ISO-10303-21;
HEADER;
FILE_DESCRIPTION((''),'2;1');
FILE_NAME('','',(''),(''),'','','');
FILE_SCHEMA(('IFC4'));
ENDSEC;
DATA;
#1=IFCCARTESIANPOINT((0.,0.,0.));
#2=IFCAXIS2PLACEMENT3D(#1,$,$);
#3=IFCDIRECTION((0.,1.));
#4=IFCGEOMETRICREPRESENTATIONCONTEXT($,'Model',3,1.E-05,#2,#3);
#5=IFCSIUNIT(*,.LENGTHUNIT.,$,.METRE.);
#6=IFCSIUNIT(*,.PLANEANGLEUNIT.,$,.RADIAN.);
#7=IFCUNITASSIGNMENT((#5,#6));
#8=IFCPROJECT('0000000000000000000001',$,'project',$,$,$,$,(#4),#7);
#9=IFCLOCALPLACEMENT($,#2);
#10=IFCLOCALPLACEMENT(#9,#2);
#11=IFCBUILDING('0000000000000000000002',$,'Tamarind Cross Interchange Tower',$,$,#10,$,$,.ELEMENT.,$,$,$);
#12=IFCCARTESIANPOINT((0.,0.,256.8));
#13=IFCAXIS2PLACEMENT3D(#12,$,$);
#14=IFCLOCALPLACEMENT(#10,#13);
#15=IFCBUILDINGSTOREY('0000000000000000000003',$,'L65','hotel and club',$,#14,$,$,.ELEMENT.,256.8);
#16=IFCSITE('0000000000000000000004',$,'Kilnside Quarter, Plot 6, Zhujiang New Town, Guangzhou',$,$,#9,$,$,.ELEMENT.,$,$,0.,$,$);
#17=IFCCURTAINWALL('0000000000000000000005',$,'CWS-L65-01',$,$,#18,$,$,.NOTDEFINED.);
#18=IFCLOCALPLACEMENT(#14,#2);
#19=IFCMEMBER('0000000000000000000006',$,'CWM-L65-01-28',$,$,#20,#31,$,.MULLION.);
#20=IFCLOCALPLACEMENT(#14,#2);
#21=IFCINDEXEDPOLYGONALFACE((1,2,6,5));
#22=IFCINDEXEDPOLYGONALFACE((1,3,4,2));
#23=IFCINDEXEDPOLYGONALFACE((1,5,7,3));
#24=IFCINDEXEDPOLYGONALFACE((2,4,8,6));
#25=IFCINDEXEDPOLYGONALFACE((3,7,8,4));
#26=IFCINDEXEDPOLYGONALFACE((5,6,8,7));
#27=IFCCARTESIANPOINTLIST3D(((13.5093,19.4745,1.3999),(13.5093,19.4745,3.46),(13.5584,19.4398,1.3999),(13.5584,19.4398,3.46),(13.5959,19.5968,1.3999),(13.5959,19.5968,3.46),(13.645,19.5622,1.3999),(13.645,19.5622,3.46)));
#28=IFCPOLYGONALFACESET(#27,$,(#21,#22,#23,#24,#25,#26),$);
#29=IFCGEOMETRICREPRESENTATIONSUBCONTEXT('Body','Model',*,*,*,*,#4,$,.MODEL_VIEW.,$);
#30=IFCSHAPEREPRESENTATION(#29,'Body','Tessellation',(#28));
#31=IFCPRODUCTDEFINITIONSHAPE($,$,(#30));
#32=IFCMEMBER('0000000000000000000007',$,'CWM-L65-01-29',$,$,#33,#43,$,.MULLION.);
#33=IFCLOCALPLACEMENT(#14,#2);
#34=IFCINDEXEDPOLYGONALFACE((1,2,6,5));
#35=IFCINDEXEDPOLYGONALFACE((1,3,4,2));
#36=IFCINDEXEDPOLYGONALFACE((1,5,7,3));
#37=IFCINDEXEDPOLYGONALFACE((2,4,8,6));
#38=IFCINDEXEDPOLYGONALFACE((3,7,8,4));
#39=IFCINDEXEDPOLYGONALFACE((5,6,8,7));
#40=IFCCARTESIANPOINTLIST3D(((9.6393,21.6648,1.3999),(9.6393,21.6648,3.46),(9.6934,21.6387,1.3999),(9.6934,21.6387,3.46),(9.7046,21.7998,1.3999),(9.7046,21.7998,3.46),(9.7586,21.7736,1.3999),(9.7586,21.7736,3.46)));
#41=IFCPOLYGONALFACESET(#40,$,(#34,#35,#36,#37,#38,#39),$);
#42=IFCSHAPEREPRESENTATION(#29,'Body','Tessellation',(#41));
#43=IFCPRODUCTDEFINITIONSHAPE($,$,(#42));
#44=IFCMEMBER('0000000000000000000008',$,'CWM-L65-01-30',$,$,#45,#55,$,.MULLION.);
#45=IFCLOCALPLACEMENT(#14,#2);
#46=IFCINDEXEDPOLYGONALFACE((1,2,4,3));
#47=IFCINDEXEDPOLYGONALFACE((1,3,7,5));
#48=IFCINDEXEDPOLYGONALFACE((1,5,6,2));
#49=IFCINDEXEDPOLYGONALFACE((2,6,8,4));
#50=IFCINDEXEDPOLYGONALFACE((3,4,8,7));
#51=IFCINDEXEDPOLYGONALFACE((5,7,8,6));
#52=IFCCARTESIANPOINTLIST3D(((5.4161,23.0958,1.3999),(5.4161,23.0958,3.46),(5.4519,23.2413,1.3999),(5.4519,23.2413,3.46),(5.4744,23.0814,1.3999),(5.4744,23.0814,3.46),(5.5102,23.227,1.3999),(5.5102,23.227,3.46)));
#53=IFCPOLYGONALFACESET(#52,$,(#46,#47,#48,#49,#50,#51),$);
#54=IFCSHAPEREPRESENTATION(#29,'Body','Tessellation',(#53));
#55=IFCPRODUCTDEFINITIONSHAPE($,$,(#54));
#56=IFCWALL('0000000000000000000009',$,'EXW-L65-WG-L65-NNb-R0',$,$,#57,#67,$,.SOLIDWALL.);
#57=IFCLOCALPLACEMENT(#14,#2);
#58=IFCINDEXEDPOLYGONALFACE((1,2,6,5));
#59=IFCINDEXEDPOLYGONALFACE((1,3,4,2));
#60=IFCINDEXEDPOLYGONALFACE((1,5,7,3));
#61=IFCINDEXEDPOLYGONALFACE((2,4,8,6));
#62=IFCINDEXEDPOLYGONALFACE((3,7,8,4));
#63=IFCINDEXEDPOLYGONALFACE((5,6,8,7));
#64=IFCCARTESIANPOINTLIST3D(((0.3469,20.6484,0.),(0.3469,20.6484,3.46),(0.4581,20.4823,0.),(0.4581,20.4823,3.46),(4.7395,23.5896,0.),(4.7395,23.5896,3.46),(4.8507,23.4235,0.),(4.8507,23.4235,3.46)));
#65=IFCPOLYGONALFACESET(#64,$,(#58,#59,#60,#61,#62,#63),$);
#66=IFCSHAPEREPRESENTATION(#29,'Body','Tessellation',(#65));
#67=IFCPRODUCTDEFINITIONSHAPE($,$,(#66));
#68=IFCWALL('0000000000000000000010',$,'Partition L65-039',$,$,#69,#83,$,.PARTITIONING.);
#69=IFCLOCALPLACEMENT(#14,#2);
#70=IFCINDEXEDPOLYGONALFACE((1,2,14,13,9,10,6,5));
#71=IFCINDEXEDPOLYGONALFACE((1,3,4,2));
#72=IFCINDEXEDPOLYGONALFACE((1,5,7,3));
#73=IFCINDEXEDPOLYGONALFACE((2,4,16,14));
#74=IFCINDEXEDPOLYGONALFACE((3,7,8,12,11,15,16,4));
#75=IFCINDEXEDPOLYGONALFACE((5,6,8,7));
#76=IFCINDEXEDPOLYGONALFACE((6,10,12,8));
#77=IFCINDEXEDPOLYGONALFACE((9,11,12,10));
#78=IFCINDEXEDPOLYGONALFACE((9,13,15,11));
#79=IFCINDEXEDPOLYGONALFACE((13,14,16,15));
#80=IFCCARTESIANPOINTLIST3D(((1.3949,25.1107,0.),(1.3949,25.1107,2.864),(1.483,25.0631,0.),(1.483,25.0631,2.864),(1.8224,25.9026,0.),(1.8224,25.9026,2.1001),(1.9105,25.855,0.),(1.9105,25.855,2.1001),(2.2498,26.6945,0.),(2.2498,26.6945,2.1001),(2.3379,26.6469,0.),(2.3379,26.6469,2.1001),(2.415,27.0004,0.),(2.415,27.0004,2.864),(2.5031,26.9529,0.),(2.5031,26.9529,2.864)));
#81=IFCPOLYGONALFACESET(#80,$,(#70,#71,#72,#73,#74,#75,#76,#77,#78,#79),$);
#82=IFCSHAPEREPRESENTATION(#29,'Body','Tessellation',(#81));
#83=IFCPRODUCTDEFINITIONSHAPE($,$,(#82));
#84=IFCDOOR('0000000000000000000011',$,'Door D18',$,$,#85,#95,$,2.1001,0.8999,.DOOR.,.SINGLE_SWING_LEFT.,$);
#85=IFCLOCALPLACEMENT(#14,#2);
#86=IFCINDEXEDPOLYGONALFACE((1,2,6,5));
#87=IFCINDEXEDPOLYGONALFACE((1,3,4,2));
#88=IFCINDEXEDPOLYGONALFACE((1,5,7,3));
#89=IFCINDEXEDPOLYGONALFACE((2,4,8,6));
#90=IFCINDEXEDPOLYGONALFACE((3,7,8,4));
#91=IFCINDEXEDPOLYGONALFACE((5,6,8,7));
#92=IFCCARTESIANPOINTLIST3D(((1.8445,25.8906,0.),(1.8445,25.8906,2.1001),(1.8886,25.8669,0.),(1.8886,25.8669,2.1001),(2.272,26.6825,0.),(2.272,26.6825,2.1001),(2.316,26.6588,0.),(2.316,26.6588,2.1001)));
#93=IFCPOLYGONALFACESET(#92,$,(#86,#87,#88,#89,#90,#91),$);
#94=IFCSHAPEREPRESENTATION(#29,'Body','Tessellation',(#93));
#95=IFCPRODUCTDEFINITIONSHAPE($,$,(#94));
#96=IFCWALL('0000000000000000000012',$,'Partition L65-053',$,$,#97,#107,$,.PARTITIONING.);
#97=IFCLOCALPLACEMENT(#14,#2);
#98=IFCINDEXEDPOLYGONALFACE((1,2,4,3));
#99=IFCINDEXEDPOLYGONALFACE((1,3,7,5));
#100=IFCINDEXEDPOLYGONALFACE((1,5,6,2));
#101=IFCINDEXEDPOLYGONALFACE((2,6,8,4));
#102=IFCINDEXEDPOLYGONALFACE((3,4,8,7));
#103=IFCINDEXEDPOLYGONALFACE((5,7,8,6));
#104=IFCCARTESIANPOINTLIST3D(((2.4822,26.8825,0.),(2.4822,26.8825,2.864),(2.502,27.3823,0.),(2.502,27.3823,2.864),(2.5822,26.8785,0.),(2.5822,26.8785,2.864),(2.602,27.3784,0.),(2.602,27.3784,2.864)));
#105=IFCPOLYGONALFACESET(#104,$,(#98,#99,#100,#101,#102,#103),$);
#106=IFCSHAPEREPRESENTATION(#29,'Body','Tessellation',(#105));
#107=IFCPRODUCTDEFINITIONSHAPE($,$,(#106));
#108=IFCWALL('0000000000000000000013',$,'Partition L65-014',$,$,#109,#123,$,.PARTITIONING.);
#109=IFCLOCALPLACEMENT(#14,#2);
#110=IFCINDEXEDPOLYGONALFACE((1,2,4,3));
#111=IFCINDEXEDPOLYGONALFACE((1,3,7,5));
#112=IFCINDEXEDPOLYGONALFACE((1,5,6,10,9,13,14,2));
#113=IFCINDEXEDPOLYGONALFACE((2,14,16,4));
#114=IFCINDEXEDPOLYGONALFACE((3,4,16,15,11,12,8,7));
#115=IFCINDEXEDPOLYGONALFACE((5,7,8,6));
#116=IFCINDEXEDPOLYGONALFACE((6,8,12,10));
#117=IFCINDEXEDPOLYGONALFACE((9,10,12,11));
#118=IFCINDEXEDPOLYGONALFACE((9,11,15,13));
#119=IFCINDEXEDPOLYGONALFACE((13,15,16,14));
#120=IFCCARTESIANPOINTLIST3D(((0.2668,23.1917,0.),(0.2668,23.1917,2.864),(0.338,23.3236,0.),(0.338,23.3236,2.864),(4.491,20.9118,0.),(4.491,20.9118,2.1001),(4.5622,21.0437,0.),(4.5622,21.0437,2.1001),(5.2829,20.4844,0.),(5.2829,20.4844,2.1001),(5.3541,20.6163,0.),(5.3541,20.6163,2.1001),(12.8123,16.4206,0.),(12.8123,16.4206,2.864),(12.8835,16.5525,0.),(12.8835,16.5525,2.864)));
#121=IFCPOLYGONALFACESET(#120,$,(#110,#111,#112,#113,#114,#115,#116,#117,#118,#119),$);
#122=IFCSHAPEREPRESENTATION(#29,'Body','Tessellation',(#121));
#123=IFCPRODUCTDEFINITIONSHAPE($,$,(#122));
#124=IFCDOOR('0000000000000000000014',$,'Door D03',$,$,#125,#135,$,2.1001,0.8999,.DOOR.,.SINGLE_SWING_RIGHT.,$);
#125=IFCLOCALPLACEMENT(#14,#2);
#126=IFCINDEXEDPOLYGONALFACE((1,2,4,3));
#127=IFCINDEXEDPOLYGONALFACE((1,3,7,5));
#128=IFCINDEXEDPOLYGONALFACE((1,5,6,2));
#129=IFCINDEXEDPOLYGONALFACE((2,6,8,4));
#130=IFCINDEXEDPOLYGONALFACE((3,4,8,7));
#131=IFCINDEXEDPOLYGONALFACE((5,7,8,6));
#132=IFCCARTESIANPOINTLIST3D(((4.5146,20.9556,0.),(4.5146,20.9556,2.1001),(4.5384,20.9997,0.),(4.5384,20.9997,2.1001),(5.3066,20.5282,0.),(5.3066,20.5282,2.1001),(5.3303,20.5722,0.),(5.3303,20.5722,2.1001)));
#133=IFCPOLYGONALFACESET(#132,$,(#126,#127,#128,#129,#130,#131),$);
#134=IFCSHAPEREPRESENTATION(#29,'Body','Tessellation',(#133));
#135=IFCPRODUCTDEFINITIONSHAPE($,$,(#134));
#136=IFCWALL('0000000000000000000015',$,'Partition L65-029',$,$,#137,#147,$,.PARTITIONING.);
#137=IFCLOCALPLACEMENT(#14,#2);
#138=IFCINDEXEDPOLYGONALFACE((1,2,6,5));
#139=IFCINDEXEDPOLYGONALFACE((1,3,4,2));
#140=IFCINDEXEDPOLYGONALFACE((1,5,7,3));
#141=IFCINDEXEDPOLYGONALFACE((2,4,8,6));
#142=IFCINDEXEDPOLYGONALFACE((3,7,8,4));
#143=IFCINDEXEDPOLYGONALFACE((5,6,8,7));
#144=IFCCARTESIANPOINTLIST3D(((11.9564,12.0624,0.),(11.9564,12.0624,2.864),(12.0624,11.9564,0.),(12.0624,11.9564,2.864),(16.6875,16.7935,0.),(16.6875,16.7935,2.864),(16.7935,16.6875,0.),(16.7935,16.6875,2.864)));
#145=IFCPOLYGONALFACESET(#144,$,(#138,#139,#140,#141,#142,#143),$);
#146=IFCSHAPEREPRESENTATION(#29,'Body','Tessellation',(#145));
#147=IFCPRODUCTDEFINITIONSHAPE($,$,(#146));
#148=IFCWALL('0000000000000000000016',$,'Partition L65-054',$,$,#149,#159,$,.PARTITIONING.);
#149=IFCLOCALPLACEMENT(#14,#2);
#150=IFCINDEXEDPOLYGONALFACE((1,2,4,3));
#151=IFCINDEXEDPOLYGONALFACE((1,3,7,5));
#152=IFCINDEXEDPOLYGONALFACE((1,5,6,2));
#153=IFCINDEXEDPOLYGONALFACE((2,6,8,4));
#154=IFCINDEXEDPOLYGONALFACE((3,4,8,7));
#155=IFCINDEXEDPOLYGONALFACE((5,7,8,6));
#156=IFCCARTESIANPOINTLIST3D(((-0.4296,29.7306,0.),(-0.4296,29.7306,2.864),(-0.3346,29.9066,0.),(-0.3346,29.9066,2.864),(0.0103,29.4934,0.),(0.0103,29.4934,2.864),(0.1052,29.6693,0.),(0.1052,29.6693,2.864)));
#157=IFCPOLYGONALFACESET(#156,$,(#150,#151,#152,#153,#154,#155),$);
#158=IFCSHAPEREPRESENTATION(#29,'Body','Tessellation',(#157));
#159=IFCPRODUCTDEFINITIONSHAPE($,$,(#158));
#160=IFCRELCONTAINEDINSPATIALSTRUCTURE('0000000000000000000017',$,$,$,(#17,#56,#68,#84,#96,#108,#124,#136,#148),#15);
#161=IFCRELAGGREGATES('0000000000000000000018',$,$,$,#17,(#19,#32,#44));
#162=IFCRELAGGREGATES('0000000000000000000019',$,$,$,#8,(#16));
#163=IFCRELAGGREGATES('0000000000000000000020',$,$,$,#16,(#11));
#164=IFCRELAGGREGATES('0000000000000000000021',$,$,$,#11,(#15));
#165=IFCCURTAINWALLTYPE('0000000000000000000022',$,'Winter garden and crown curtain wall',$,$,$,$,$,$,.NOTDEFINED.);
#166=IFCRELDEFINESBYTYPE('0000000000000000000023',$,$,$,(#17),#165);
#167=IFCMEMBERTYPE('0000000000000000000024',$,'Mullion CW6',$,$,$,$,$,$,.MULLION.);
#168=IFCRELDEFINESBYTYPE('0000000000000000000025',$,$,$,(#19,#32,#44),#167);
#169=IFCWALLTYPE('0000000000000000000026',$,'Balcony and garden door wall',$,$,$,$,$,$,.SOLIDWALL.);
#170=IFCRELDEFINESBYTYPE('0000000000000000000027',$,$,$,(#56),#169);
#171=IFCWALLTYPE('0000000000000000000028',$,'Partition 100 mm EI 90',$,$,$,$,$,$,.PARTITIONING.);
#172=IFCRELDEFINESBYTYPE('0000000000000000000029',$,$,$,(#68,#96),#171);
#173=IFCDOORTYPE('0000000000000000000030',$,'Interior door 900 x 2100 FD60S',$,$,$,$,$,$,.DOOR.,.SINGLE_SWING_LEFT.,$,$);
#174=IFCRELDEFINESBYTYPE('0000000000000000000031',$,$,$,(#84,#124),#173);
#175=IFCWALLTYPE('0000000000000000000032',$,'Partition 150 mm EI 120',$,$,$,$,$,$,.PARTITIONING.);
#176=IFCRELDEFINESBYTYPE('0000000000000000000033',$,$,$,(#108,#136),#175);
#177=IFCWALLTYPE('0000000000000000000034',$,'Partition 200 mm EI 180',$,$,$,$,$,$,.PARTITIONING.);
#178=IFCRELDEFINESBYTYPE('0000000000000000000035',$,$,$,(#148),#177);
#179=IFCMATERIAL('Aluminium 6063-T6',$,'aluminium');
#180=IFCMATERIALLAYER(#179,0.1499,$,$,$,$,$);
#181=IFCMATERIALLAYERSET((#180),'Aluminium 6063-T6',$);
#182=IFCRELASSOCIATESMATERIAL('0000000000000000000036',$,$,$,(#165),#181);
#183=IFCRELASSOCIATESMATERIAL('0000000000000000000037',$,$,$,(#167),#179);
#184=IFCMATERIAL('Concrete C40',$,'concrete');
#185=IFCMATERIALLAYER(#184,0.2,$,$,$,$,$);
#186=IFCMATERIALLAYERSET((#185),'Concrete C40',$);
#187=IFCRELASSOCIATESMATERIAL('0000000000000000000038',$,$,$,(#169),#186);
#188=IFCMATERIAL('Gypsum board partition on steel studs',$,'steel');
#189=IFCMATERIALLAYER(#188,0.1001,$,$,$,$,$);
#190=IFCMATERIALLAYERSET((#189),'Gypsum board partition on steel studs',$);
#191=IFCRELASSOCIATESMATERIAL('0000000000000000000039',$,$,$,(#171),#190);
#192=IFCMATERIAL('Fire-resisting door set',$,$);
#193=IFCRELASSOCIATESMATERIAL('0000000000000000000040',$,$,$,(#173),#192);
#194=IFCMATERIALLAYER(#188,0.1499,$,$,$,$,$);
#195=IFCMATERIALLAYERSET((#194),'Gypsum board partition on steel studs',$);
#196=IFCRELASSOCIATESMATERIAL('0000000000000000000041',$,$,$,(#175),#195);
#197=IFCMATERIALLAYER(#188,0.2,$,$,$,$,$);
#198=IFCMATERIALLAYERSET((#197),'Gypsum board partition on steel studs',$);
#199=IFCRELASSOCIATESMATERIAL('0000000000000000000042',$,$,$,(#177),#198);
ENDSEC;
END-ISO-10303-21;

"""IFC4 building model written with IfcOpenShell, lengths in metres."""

from ifc_helpers import new_model, si_unit, direction, frame, frame_2d, origin, origin_2d, place, context, subcontext, project, spatial, rectangle, extrude, material, layer, layer_set, material_profile, profile_set, type_object, element, fill, aggregate, save


model = new_model("IFC4")

# Units and contexts
model_context = context("Model", 3, precision=1e-05, world=origin(), true_north=direction((0.0, 1.0)))
body_context = subcontext(model_context, "Body", "Model", "MODEL_VIEW")
ifc_project = project(units=[si_unit("LENGTHUNIT", "METRE"), si_unit("PLANEANGLEUNIT", "RADIAN")], contexts=[model_context])

# Site, building, storey
site_placement = place(None, origin())
site = spatial("IfcSite", under=ifc_project, at=site_placement, Name="Kilnside Quarter, Plot 6, Zhujiang New Town, Guangzhou", CompositionType="ELEMENT", RefElevation=0.0)
building_placement = place(site_placement, origin())
building = spatial("IfcBuilding", under=site, at=building_placement, Name="Tamarind Cross Interchange Tower", CompositionType="ELEMENT")
storey_placement = place(building_placement, frame((0.0, 0.0, 256.8)))
storey = spatial("IfcBuildingStorey", under=building, at=storey_placement, Name="L65", Description="hotel and club", CompositionType="ELEMENT", Elevation=256.8)

# Shared definitions
ifc_material_1 = material(Name="Aluminium 6063-T6", Category="aluminium")

# Curtain wall, members
ifc_layer_1 = layer(ifc_material_1, 0.1499)
ifc_layer_set_1 = layer_set([ifc_layer_1], Name="Aluminium 6063-T6")
curtain_wall_type_1 = type_object("IfcCurtainWallType", Name="Winter garden and crown curtain wall", PredefinedType="NOTDEFINED", material=ifc_layer_set_1)
curtain_wall_1_placement = place(storey_placement, origin())
curtain_wall_1 = element("IfcCurtainWall", 1, at=curtain_wall_1_placement, inside=storey, type_object=curtain_wall_type_1, Name="CWS-L65-01", PredefinedType="NOTDEFINED")
ifc_material_profile_1 = material_profile(ifc_material_1, rectangle(XDim=0.0601, YDim=0.1499, at=origin_2d()), Name="Mullion CW6")
ifc_profile_set_1 = profile_set([ifc_material_profile_1], Name="Aluminium 6063-T6")
member_type_1 = type_object("IfcMemberType", Name="Mullion CW6", PredefinedType="MULLION", material=ifc_profile_set_1)
member_1_placement = place(storey_placement, frame((13.5771, 19.5183, 1.3999), z_axis=(0.0, 0.0, 1.0), x_axis=(-0.816342, 0.577569, 0.0)))
member_1 = element("IfcMember", 2, at=member_1_placement, type_object=member_type_1, Name="CWM-L65-01-28", PredefinedType="MULLION", context=body_context, shape_type="SweptSolid", body=[
    extrude(rectangle(XDim=0.0601, YDim=0.1499, at=origin_2d()), origin(), (0.0, 0.0, 1.0), 2.0601),
])
member_2_placement = place(storey_placement, frame((9.699, 21.7192, 1.3999), z_axis=(0.0, 0.0, 1.0), x_axis=(-0.900273, 0.435326, 0.0)))
member_2 = element("IfcMember", 3, at=member_2_placement, type_object=member_type_1, Name="CWM-L65-01-29", PredefinedType="MULLION", context=body_context, shape_type="SweptSolid", body=[
    extrude(rectangle(XDim=0.0601, YDim=0.1499, at=origin_2d()), origin(), (0.0, 0.0, 1.0), 2.0601),
])
member_3_placement = place(storey_placement, frame((5.4631, 23.1614, 1.3999), z_axis=(0.0, 0.0, 1.0), x_axis=(-0.971012, 0.239029, 0.0)))
member_3 = element("IfcMember", 4, at=member_3_placement, type_object=member_type_1, Name="CWM-L65-01-30", PredefinedType="MULLION", context=body_context, shape_type="SweptSolid", body=[
    extrude(rectangle(XDim=0.0601, YDim=0.1499, at=origin_2d()), origin(), (0.0, 0.0, 1.0), 2.0601),
])
aggregate(curtain_wall_1, [member_1, member_2, member_3])

# Shared definitions
ifc_material_2 = material(Name="Concrete C40", Category="concrete")
ifc_layer_2 = layer(ifc_material_2, 0.2)
ifc_layer_set_2 = layer_set([ifc_layer_2], Name="Concrete C40")
wall_type_1 = type_object("IfcWallType", Name="Balcony and garden door wall", PredefinedType="SOLIDWALL", material=ifc_layer_set_2)

# Wall
wall_1_placement = place(storey_placement, frame((0.4026, 20.5654, 0.0), z_axis=(0.0, 0.0, 1.0), x_axis=(0.830933, 0.556372, 0.0)))
element("IfcWall", 5, at=wall_1_placement, inside=storey, type_object=wall_type_1, Name="EXW-L65-WG-L65-NNb-R0", PredefinedType="SOLIDWALL", context=body_context, shape_type="SweptSolid", body=[
    extrude(rectangle(XDim=5.2864, YDim=0.2, at=frame_2d((2.6431, 0.0))), origin(), (0.0, 0.0, 1.0), 3.46),
])

# Wall, opening, door
ifc_material_3 = material(Name="Gypsum board partition on steel studs", Category="steel")
ifc_layer_3 = layer(ifc_material_3, 0.1001)
ifc_layer_set_3 = layer_set([ifc_layer_3], Name="Gypsum board partition on steel studs")
wall_type_2 = type_object("IfcWallType", Name="Partition 100 mm EI 90", PredefinedType="PARTITIONING", material=ifc_layer_set_3)
wall_2_placement = place(storey_placement, frame((1.439, 25.0869, 0.0), z_axis=(0.0, 0.0, 1.0), x_axis=(0.475008, 0.879981, 0.0)))
wall_2 = element("IfcWall", 6, at=wall_2_placement, inside=storey, type_object=wall_type_2, Name="Partition L65-039", PredefinedType="PARTITIONING", context=body_context, shape_type="SweptSolid", body=[
    extrude(rectangle(XDim=2.1475, YDim=0.1001, at=frame_2d((1.0737, 0.0))), origin(), (0.0, 0.0, 1.0), 2.864),
])
opening_1_placement = place(wall_2_placement, frame((0.8999, 0.0, 0.0)))
opening_1 = element("IfcOpeningElement", 7, at=opening_1_placement, cuts=wall_2, PredefinedType="OPENING", context=body_context, shape_type="SweptSolid", body=[
    extrude(rectangle(XDim=0.8999, YDim=2.1001, at=frame_2d((0.45, 1.05))), frame((0.0, 0.0601, 0.0), z_axis=(0.0, -1.0, 0.0), x_axis=(1.0, 0.0, 0.0)), (0.0, 0.0, 1.0), 0.1201),
])
ifc_material_4 = material(Name="Fire-resisting door set")
door_type_1 = type_object("IfcDoorType", Name="Interior door 900 x 2100 FD60S", OperationType="SINGLE_SWING_LEFT", PredefinedType="DOOR", material=ifc_material_4)
door_1_placement = place(opening_1_placement, origin())
door_1 = element("IfcDoor", 8, at=door_1_placement, inside=storey, type_object=door_type_1, Name="Door D18", OperationType="SINGLE_SWING_LEFT", OverallHeight=2.1001, OverallWidth=0.8999, PredefinedType="DOOR", context=body_context, shape_type="SweptSolid", body=[
    extrude(rectangle(XDim=0.8999, YDim=2.1001, at=frame_2d((0.45, 1.05))), frame((0.0, 0.0249, 0.0), z_axis=(0.0, -1.0, 0.0), x_axis=(1.0, 0.0, 0.0)), (0.0, 0.0, 1.0), 0.05),
])
fill(opening_1, door_1)

# Wall
wall_3_placement = place(storey_placement, frame((2.5322, 26.8806, 0.0), z_axis=(0.0, 0.0, 1.0), x_axis=(0.039539, 0.999218, 0.0)))
element("IfcWall", 9, at=wall_3_placement, inside=storey, type_object=wall_type_2, Name="Partition L65-053", PredefinedType="PARTITIONING", context=body_context, shape_type="SweptSolid", body=[
    extrude(rectangle(XDim=0.5002, YDim=0.1001, at=frame_2d((0.25, 0.0))), origin(), (0.0, 0.0, 1.0), 2.864),
])

# Wall, opening, door
ifc_layer_4 = layer(ifc_material_3, 0.1499)
ifc_layer_set_4 = layer_set([ifc_layer_4], Name="Gypsum board partition on steel studs")
wall_type_3 = type_object("IfcWallType", Name="Partition 150 mm EI 120", PredefinedType="PARTITIONING", material=ifc_layer_set_4)
wall_4_placement = place(storey_placement, frame((0.3025, 23.2576, 0.0), z_axis=(0.0, 0.0, 1.0), x_axis=(0.880009, -0.474957, 0.0)))
wall_4 = element("IfcWall", 10, at=wall_4_placement, inside=storey, type_object=wall_type_3, Name="Partition L65-014", PredefinedType="PARTITIONING", context=body_context, shape_type="SweptSolid", body=[
    extrude(rectangle(XDim=14.2561, YDim=0.1499, at=frame_2d((7.1279, 0.0))), origin(), (0.0, 0.0, 1.0), 2.864),
])
opening_2_placement = place(wall_4_placement, frame((4.8, 0.0, 0.0)))
opening_2 = element("IfcOpeningElement", 11, at=opening_2_placement, cuts=wall_4, PredefinedType="OPENING", context=body_context, shape_type="SweptSolid", body=[
    extrude(rectangle(XDim=0.8999, YDim=2.1001, at=frame_2d((0.45, 1.05))), frame((0.0, 0.085, 0.0), z_axis=(0.0, -1.0, 0.0), x_axis=(1.0, 0.0, 0.0)), (0.0, 0.0, 1.0), 0.1699),
])
door_2_placement = place(opening_2_placement, origin())
door_2 = element("IfcDoor", 12, at=door_2_placement, inside=storey, type_object=door_type_1, Name="Door D03", OperationType="SINGLE_SWING_RIGHT", OverallHeight=2.1001, OverallWidth=0.8999, PredefinedType="DOOR", context=body_context, shape_type="SweptSolid", body=[
    extrude(rectangle(XDim=0.8999, YDim=2.1001, at=frame_2d((0.45, 1.05))), frame((0.0, 0.0249, 0.0), z_axis=(0.0, -1.0, 0.0), x_axis=(1.0, 0.0, 0.0)), (0.0, 0.0, 1.0), 0.05),
])
fill(opening_2, door_2)

# Walls
wall_5_placement = place(storey_placement, frame((12.0095, 12.0095, 0.0), z_axis=(0.0, 0.0, 1.0), x_axis=(0.707107, 0.707107, 0.0)))
element("IfcWall", 13, at=wall_5_placement, inside=storey, type_object=wall_type_3, Name="Partition L65-029", PredefinedType="PARTITIONING", context=body_context, shape_type="SweptSolid", body=[
    extrude(rectangle(XDim=6.6907, YDim=0.1499, at=frame_2d((3.3452, 0.0))), origin(), (0.0, 0.0, 1.0), 2.864),
])
ifc_layer_5 = layer(ifc_material_3, 0.2)
ifc_layer_set_5 = layer_set([ifc_layer_5], Name="Gypsum board partition on steel studs")
wall_type_4 = type_object("IfcWallType", Name="Partition 200 mm EI 180", PredefinedType="PARTITIONING", material=ifc_layer_set_5)
wall_6_placement = place(storey_placement, frame((0.0579, 29.5813, 0.0), z_axis=(0.0, 0.0, 1.0), x_axis=(-0.880126, 0.47474, 0.0)))
element("IfcWall", 14, at=wall_6_placement, inside=storey, type_object=wall_type_4, Name="Partition L65-054", PredefinedType="PARTITIONING", context=body_context, shape_type="SweptSolid", body=[
    extrude(rectangle(XDim=0.4998, YDim=0.2, at=frame_2d((0.25, 0.0))), origin(), (0.0, 0.0, 1.0), 2.864),
])

save(model, "model.ifc")
